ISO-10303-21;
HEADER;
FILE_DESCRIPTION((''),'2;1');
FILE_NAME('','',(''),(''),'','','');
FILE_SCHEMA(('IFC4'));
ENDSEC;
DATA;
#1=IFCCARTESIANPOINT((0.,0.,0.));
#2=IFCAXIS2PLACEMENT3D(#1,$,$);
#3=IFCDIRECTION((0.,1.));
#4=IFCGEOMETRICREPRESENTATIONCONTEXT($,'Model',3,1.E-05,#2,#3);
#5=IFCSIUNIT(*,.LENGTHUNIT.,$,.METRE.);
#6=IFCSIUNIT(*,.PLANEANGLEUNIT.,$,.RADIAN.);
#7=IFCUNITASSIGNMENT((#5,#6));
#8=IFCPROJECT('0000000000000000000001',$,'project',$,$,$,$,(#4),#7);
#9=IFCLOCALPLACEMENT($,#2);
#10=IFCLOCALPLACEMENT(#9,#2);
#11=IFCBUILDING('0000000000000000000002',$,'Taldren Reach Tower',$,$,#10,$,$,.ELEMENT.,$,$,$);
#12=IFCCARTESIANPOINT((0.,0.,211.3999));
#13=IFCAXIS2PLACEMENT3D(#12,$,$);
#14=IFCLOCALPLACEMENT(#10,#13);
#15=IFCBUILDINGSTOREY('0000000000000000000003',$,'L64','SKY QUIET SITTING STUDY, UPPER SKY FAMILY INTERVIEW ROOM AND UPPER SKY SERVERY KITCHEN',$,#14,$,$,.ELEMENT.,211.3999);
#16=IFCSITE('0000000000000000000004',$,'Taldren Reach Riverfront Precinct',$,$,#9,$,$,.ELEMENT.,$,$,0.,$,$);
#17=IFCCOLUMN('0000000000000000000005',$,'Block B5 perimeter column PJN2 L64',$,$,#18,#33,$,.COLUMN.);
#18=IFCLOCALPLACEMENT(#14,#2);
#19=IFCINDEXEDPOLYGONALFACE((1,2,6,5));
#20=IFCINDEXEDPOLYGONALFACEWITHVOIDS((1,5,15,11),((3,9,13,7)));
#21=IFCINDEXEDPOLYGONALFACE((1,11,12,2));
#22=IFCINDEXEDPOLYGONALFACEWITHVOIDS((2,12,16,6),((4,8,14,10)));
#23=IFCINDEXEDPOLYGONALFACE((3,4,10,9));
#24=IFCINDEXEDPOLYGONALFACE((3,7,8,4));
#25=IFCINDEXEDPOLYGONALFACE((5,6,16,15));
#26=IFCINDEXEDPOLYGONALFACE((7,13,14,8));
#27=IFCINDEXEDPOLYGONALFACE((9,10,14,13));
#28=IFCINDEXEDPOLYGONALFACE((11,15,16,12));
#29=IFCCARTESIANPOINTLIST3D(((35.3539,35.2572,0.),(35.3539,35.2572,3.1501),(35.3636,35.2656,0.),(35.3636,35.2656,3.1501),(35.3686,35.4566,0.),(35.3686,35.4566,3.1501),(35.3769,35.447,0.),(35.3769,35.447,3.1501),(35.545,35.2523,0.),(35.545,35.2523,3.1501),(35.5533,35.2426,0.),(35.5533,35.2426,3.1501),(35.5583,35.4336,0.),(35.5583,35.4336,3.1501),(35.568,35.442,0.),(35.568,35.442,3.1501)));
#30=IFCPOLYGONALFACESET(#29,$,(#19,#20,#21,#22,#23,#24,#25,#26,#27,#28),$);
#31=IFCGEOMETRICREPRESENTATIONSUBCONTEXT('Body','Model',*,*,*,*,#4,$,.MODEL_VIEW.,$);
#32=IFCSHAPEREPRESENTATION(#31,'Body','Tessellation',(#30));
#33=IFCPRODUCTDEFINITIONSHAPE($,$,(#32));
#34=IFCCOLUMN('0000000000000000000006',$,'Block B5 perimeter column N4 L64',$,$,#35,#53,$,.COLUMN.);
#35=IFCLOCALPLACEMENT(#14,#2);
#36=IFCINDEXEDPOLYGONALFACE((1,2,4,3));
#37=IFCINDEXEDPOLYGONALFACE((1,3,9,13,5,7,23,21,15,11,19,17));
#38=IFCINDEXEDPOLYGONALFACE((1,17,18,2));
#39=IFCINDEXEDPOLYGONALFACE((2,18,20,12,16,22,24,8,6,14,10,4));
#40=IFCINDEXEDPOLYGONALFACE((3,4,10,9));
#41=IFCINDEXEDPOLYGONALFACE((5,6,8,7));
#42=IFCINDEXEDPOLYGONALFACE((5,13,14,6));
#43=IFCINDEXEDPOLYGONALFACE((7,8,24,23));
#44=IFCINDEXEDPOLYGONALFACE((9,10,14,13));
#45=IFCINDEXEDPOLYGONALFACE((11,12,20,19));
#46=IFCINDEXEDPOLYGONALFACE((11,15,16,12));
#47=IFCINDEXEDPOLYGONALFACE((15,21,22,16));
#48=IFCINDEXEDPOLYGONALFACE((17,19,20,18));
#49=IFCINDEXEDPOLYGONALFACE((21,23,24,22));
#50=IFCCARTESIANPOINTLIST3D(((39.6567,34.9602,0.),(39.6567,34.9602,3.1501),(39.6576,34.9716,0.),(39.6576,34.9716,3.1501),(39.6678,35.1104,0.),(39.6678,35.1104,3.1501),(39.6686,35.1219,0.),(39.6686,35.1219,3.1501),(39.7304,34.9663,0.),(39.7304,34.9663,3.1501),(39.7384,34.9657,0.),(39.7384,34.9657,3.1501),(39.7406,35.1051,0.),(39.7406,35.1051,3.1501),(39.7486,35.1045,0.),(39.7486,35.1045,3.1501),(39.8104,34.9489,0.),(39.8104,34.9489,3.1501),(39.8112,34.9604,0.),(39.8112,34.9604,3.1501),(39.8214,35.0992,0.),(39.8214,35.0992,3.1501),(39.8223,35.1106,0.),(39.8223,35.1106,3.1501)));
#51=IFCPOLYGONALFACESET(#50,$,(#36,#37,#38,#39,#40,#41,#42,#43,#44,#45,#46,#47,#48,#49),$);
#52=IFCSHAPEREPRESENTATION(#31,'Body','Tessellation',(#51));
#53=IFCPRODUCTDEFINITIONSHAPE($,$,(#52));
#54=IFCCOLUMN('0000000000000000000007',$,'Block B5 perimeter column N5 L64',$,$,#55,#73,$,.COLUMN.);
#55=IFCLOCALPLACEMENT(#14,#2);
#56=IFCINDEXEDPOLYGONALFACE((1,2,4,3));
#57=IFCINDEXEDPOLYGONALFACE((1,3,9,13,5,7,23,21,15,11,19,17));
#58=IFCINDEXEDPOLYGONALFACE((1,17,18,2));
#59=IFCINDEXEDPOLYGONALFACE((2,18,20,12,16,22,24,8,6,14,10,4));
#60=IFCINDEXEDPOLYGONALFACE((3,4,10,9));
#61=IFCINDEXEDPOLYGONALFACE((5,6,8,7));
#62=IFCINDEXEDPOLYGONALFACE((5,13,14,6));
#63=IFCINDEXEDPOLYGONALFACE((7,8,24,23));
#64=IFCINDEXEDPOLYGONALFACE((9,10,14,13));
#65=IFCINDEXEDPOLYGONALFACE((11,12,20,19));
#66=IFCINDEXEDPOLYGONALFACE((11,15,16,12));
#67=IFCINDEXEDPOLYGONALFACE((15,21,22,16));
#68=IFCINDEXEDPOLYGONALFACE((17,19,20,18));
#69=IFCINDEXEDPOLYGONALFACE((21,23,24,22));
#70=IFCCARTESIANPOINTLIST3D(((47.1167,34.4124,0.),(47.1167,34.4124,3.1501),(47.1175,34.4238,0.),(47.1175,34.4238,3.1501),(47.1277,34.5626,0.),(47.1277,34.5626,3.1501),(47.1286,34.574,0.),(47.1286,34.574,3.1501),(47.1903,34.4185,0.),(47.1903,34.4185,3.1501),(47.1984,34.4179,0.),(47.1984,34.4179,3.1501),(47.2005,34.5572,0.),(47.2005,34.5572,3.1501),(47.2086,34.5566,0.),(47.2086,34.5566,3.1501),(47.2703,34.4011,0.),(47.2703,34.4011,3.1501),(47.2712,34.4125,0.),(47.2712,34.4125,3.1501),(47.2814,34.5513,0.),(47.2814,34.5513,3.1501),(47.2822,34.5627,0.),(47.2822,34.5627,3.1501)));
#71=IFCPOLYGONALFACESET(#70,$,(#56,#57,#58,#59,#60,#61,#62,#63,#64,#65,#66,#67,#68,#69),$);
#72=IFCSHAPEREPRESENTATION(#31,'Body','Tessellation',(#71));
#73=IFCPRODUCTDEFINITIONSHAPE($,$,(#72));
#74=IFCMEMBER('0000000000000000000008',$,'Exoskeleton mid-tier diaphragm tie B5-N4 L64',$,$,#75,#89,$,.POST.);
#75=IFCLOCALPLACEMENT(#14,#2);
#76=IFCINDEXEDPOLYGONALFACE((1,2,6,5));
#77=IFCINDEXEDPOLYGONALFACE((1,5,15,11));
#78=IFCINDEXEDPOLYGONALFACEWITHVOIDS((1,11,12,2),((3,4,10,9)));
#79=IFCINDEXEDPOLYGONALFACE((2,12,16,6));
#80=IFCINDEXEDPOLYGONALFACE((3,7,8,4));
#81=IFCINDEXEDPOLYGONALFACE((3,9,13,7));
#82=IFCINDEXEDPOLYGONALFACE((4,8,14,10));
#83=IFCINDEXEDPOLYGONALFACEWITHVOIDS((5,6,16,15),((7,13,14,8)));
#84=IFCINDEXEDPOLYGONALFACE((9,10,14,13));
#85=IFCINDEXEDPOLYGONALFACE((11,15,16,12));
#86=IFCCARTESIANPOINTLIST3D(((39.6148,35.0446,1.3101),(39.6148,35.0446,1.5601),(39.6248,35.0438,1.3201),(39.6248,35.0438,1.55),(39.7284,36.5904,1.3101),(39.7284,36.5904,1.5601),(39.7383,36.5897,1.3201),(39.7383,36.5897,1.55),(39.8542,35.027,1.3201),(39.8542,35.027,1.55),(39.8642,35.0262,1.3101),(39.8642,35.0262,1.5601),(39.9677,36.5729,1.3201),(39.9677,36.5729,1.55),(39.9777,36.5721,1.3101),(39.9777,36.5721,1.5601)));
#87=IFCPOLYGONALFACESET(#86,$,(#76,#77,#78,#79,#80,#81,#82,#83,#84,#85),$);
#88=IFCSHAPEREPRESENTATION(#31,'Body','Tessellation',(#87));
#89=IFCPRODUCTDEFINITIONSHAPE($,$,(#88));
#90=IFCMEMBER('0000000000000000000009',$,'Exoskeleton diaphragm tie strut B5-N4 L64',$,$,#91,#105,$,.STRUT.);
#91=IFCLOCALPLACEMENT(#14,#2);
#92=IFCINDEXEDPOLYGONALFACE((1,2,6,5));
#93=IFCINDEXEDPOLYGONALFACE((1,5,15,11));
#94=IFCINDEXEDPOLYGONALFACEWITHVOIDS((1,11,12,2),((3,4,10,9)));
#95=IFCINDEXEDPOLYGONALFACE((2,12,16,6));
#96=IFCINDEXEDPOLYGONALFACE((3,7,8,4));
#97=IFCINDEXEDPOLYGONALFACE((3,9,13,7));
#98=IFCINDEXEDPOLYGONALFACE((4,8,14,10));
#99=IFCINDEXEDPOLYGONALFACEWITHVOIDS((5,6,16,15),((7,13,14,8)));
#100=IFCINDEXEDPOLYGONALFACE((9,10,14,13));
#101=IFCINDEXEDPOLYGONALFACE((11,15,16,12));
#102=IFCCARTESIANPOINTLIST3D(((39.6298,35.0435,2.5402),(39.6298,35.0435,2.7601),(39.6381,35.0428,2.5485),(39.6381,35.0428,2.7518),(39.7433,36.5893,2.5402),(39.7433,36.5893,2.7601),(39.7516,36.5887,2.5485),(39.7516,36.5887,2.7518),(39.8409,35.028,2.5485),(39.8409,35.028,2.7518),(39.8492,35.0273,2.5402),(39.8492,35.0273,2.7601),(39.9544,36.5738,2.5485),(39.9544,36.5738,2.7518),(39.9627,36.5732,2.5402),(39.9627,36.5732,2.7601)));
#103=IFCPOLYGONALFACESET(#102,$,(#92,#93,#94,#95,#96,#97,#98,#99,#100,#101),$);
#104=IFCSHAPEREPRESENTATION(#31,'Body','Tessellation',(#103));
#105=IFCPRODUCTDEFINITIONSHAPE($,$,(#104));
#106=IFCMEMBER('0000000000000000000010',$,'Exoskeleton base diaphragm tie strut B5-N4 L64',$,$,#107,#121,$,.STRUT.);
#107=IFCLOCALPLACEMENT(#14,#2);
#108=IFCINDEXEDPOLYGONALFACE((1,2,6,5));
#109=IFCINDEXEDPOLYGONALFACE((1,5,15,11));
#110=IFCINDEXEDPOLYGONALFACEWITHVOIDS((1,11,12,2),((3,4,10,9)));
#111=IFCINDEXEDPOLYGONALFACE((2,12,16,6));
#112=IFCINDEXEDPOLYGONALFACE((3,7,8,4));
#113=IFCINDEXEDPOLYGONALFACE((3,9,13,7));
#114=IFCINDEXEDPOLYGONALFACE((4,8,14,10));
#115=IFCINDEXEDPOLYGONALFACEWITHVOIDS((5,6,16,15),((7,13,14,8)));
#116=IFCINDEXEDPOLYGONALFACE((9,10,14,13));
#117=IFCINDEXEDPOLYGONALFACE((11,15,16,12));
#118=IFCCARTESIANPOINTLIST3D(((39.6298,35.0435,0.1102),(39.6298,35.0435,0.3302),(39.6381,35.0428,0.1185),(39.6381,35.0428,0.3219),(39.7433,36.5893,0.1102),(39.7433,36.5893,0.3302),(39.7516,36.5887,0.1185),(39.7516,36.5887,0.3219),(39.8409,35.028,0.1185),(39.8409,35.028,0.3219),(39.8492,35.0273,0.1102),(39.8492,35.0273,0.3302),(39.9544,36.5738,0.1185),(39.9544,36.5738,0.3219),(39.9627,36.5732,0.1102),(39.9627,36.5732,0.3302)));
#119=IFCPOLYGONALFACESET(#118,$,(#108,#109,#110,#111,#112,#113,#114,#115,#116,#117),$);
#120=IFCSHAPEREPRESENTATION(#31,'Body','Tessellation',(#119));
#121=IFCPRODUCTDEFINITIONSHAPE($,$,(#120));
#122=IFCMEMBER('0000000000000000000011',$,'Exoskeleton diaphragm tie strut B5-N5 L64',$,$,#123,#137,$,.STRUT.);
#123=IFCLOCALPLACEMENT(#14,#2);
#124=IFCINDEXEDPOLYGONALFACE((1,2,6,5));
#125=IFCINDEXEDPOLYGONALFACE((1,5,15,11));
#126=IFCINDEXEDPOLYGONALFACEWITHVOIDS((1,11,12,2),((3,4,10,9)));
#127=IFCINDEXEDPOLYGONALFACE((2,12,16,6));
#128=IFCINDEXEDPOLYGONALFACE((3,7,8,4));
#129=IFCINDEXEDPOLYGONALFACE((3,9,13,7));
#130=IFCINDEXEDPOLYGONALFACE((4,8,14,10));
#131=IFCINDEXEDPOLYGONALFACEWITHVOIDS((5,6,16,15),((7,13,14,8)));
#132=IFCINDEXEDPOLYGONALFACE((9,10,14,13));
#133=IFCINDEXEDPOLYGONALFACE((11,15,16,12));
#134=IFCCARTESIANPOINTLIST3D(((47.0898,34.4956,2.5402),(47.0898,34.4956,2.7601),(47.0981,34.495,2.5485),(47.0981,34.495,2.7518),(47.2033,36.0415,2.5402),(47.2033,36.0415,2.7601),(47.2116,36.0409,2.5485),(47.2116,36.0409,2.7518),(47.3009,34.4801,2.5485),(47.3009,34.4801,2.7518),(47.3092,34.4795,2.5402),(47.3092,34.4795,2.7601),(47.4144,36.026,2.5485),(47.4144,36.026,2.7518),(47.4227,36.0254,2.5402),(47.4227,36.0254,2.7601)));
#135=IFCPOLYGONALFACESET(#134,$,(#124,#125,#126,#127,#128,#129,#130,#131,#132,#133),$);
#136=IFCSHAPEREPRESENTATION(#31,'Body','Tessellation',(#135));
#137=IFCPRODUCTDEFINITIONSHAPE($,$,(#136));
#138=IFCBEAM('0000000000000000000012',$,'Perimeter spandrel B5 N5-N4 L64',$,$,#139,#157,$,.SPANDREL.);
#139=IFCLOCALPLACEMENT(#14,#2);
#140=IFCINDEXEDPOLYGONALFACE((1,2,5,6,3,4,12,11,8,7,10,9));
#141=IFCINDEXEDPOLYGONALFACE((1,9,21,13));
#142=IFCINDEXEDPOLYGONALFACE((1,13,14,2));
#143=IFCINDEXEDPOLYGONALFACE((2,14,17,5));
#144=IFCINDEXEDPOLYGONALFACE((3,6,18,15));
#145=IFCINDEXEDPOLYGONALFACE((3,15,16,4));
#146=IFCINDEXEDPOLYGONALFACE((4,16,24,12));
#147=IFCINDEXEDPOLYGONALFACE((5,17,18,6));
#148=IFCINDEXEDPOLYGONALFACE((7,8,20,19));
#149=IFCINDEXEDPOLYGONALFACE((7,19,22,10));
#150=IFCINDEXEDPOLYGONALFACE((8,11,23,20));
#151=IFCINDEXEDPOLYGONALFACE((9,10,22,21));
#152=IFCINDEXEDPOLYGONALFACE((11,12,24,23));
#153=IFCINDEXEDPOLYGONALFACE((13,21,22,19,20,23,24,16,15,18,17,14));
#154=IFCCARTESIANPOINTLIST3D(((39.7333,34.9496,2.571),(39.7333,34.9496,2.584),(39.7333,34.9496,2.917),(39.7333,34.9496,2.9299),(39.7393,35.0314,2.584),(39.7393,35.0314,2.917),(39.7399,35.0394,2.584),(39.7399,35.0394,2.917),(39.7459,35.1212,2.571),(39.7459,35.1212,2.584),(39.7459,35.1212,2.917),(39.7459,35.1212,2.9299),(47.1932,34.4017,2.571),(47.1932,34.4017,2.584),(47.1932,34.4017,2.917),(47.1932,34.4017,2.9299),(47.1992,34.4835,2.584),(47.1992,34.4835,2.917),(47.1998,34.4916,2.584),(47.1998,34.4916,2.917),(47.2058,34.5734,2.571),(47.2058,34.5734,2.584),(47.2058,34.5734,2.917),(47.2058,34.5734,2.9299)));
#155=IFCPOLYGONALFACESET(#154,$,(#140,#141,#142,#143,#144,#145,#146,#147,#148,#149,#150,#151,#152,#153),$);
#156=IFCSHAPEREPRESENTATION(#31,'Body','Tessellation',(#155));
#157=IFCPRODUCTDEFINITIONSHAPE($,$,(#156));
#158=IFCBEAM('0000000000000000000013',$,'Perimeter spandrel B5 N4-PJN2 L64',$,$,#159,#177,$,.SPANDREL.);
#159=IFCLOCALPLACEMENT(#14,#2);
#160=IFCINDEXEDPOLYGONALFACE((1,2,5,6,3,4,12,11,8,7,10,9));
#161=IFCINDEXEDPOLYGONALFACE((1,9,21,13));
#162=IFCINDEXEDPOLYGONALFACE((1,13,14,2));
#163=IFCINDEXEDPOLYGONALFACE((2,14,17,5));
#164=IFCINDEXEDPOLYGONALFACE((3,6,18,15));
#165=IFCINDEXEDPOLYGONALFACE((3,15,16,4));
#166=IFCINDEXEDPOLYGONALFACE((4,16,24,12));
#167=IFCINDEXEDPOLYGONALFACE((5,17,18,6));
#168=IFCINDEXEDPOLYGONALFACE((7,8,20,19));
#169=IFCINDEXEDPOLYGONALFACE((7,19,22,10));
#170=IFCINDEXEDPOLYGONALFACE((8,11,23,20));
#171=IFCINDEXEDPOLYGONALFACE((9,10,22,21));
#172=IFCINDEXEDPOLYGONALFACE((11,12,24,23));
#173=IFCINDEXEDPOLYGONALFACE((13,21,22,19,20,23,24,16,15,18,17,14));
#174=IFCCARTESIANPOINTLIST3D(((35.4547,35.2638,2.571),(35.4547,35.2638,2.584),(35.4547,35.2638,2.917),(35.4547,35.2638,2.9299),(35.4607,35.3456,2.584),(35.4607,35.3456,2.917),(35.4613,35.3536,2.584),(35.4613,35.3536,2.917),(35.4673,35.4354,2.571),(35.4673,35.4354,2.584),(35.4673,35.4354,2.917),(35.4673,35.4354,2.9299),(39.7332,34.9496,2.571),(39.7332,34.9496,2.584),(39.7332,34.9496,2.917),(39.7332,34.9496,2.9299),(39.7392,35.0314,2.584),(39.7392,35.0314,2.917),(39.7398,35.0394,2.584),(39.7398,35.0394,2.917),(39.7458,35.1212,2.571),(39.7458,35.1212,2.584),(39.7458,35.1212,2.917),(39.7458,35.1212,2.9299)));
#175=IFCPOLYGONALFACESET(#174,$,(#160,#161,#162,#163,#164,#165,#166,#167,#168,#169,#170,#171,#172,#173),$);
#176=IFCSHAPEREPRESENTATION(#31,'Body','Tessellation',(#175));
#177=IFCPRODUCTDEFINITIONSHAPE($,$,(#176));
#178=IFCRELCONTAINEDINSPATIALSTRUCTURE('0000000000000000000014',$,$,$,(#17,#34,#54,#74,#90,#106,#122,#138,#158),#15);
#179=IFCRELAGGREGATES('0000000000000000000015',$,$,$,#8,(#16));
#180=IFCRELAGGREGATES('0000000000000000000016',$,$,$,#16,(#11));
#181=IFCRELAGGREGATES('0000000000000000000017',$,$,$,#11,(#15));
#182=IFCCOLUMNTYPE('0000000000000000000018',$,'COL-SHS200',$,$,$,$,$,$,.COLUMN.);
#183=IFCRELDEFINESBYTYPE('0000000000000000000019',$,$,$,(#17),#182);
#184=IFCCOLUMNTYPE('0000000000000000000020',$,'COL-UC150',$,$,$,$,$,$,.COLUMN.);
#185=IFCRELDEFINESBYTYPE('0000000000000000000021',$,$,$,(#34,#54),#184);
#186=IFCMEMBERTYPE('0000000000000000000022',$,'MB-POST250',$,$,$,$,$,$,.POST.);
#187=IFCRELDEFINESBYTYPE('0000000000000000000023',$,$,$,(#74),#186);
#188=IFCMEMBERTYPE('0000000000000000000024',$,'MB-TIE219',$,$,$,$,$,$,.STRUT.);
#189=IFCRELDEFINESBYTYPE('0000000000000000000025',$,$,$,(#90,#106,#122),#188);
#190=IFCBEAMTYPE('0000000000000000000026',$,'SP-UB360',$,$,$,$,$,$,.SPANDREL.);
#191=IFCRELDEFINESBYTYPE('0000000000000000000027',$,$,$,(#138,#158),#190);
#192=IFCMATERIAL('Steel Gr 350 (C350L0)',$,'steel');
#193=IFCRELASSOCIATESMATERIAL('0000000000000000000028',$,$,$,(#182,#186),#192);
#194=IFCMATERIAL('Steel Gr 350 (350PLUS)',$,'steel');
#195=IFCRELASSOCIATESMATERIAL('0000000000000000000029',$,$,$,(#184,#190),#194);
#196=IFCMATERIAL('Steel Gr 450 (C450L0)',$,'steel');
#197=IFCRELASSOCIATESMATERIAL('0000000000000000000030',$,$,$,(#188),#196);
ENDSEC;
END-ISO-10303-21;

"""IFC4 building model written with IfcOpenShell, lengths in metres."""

from ifc_helpers import new_model, si_unit, direction, frame, origin, origin_2d, place, context, subcontext, project, spatial, hollow_rectangle, i_section, extrude, source, transform, mapped, material, material_profile, profile_set, type_object, element, save


model = new_model("IFC4")

# Units and contexts
model_context = context("Model", 3, precision=1e-05, world=origin(), true_north=direction((0.0, 1.0)))
body_context = subcontext(model_context, "Body", "Model", "MODEL_VIEW")
ifc_project = project(units=[si_unit("LENGTHUNIT", "METRE"), si_unit("PLANEANGLEUNIT", "RADIAN")], contexts=[model_context])

# Site, building, storey
site_placement = place(None, origin())
site = spatial("IfcSite", under=ifc_project, at=site_placement, Name="Taldren Reach Riverfront Precinct", CompositionType="ELEMENT", RefElevation=0.0)
building_placement = place(site_placement, origin())
building = spatial("IfcBuilding", under=site, at=building_placement, Name="Taldren Reach Tower", CompositionType="ELEMENT")
storey_placement = place(building_placement, frame((0.0, 0.0, 211.3999)))
storey = spatial("IfcBuildingStorey", under=building, at=storey_placement, Name="L64", Description="SKY QUIET SITTING STUDY, UPPER SKY FAMILY INTERVIEW ROOM AND UPPER SKY SERVERY KITCHEN", CompositionType="ELEMENT", Elevation=211.3999)

# Columns
ifc_material_1 = material(Name="Steel Gr 350 (C350L0)", Category="steel")
ifc_material_profile_1 = material_profile(ifc_material_1, hollow_rectangle(XDim=0.2, YDim=0.2, WallThickness=0.009, at=origin_2d()), Name="200x200x9.0SHS")
ifc_profile_set_1 = profile_set([ifc_material_profile_1], Name="Steel Gr 350 (C350L0)")
column_type_1 = type_object("IfcColumnType", Name="COL-SHS200", PredefinedType="COLUMN", material=ifc_profile_set_1)
shared_shape_1 = source(origin(), body_context, "Body", "SweptSolid", [
    extrude(hollow_rectangle(XDim=0.2, YDim=0.2, WallThickness=0.009, at=origin_2d()), origin(), (0.0, 0.0, 1.0), 3.1501),
])
column_placement = place(storey_placement, frame((35.4609, 35.3496, 0.0), z_axis=(0.0, 0.0, 1.0), x_axis=(0.997314, -0.073238, 0.0)))
element("IfcColumn", 1, at=column_placement, inside=storey, type_object=column_type_1, Name="Block B5 perimeter column PJN2 L64", PredefinedType="COLUMN", context=body_context, shape_type="MappedRepresentation", body=[
    mapped(shared_shape_1, transform((0.0, 0.0, 0.0), scale=1.0)),
])
ifc_material_2 = material(Name="Steel Gr 350 (350PLUS)", Category="steel")
ifc_material_profile_2 = material_profile(ifc_material_2, i_section(OverallWidth=0.1541, OverallDepth=0.1621, WebThickness=0.0081, FlangeThickness=0.0115, at=origin_2d()), Name="150UC37.2")
ifc_profile_set_2 = profile_set([ifc_material_profile_2], Name="Steel Gr 350 (350PLUS)")
column_type_2 = type_object("IfcColumnType", Name="COL-UC150", PredefinedType="COLUMN", material=ifc_profile_set_2)
shared_shape_2 = source(origin(), body_context, "Body", "SweptSolid", [
    extrude(i_section(OverallWidth=0.1541, OverallDepth=0.1621, WebThickness=0.0081, FlangeThickness=0.0115, at=origin_2d()), origin(), (0.0, 0.0, 1.0), 3.1501),
])
for number, where, z_axis, x_axis, name in (
    (2, (39.7395, 35.0354, 0.0), (0.0, 0.0, 1.0), (0.997314, -0.073238, 0.0), "Block B5 perimeter column N4 L64"),
    (3, (47.1995, 34.4875, 0.0), (0.0, 0.0, 1.0), (0.997314, -0.073238, 0.0), "Block B5 perimeter column N5 L64"),
):
    element("IfcColumn", number, at=place(storey_placement, frame(where, z_axis=z_axis, x_axis=x_axis)), inside=storey, type_object=column_type_2, Name=name, PredefinedType="COLUMN", context=body_context, shape_type="MappedRepresentation", body=[
        mapped(shared_shape_2, transform((0.0, 0.0, 0.0), scale=1.0)),
    ])

# Members
ifc_material_profile_3 = material_profile(ifc_material_1, hollow_rectangle(XDim=0.25, YDim=0.25, WallThickness=0.01, at=origin_2d()), Name="250x250x10.0SHS")
ifc_profile_set_3 = profile_set([ifc_material_profile_3], Name="Steel Gr 350 (C350L0)")
member_type_1 = type_object("IfcMemberType", Name="MB-POST250", PredefinedType="POST", material=ifc_profile_set_3)
shared_shape_3 = source(origin(), body_context, "Body", "SweptSolid", [
    extrude(hollow_rectangle(XDim=0.25, YDim=0.25, WallThickness=0.01, at=origin_2d()), origin(), (0.0, 0.0, 1.0), 1.55),
])
member_1_placement = place(storey_placement, frame((39.7395, 35.0354, 1.4351), z_axis=(0.073239, 0.997314, 0.0), x_axis=(-0.997314, 0.073239, 0.0)))
element("IfcMember", 4, at=member_1_placement, inside=storey, type_object=member_type_1, Name="Exoskeleton mid-tier diaphragm tie B5-N4 L64", PredefinedType="POST", context=body_context, shape_type="MappedRepresentation", body=[
    mapped(shared_shape_3, transform((0.0, 0.0, 0.0), scale=1.0)),
])
ifc_material_3 = material(Name="Steel Gr 450 (C450L0)", Category="steel")
ifc_material_profile_4 = material_profile(ifc_material_3, hollow_rectangle(XDim=0.22, YDim=0.22, WallThickness=0.0083, at=origin_2d()), Name="220x220x8.2SHS")
ifc_profile_set_4 = profile_set([ifc_material_profile_4], Name="Steel Gr 450 (C450L0)")
member_type_2 = type_object("IfcMemberType", Name="MB-TIE219", PredefinedType="STRUT", material=ifc_profile_set_4)
shared_shape_4 = source(origin(), body_context, "Body", "SweptSolid", [
    extrude(hollow_rectangle(XDim=0.22, YDim=0.22, WallThickness=0.0083, at=origin_2d()), origin(), (0.0, 0.0, 1.0), 1.55),
])
for number, where, z_axis, x_axis, name in (
    (5, (39.7395, 35.0354, 2.6501), (0.073239, 0.997314, 0.0), (-0.997314, 0.073239, 0.0), "Exoskeleton diaphragm tie strut B5-N4 L64"),
    (6, (39.7395, 35.0354, 0.2202), (0.073239, 0.997314, 0.0), (-0.997314, 0.073239, 0.0), "Exoskeleton base diaphragm tie strut B5-N4 L64"),
    (7, (47.1995, 34.4875, 2.6501), (0.073239, 0.997314, 0.0), (-0.997314, 0.073239, 0.0), "Exoskeleton diaphragm tie strut B5-N5 L64"),
):
    element("IfcMember", number, at=place(storey_placement, frame(where, z_axis=z_axis, x_axis=x_axis)), inside=storey, type_object=member_type_2, Name=name, PredefinedType="STRUT", context=body_context, shape_type="MappedRepresentation", body=[
        mapped(shared_shape_4, transform((0.0, 0.0, 0.0), scale=1.0)),
    ])

# Beams
ifc_material_profile_5 = material_profile(ifc_material_2, i_section(OverallWidth=0.1721, OverallDepth=0.3589, WebThickness=0.0081, FlangeThickness=0.0129, at=origin_2d()), Name="360UB56.7")
ifc_profile_set_5 = profile_set([ifc_material_profile_5], Name="Steel Gr 350 (350PLUS)")
beam_type_1 = type_object("IfcBeamType", Name="SP-UB360", PredefinedType="SPANDREL", material=ifc_profile_set_5)
shared_shape_5 = source(origin(), body_context, "Body", "SweptSolid", [
    extrude(i_section(OverallWidth=0.1721, OverallDepth=0.3589, WebThickness=0.0081, FlangeThickness=0.0129, at=origin_2d()), origin(), (0.0, 0.0, 1.0), 7.48),
])
beam_1_placement = place(storey_placement, frame((47.1995, 34.4875, 2.7505), z_axis=(-0.997314, 0.073242, 0.0), x_axis=(-0.073242, -0.997314, 0.0)))
element("IfcBeam", 8, at=beam_1_placement, inside=storey, type_object=beam_type_1, Name="Perimeter spandrel B5 N5-N4 L64", PredefinedType="SPANDREL", context=body_context, shape_type="MappedRepresentation", body=[
    mapped(shared_shape_5, transform((0.0, 0.0, 0.0), scale=1.0)),
])
shared_shape_6 = source(origin(), body_context, "Body", "SweptSolid", [
    extrude(i_section(OverallWidth=0.1721, OverallDepth=0.3589, WebThickness=0.0081, FlangeThickness=0.0129, at=origin_2d()), origin(), (0.0, 0.0, 1.0), 4.29),
])
beam_2_placement = place(storey_placement, frame((39.7395, 35.0354, 2.7505), z_axis=(-0.997314, 0.073241, 0.0), x_axis=(-0.073241, -0.997314, 0.0)))
element("IfcBeam", 9, at=beam_2_placement, inside=storey, type_object=beam_type_1, Name="Perimeter spandrel B5 N4-PJN2 L64", PredefinedType="SPANDREL", context=body_context, shape_type="MappedRepresentation", body=[
    mapped(shared_shape_6, transform((0.0, 0.0, 0.0), scale=1.0)),
])

save(model, "model.ifc")
